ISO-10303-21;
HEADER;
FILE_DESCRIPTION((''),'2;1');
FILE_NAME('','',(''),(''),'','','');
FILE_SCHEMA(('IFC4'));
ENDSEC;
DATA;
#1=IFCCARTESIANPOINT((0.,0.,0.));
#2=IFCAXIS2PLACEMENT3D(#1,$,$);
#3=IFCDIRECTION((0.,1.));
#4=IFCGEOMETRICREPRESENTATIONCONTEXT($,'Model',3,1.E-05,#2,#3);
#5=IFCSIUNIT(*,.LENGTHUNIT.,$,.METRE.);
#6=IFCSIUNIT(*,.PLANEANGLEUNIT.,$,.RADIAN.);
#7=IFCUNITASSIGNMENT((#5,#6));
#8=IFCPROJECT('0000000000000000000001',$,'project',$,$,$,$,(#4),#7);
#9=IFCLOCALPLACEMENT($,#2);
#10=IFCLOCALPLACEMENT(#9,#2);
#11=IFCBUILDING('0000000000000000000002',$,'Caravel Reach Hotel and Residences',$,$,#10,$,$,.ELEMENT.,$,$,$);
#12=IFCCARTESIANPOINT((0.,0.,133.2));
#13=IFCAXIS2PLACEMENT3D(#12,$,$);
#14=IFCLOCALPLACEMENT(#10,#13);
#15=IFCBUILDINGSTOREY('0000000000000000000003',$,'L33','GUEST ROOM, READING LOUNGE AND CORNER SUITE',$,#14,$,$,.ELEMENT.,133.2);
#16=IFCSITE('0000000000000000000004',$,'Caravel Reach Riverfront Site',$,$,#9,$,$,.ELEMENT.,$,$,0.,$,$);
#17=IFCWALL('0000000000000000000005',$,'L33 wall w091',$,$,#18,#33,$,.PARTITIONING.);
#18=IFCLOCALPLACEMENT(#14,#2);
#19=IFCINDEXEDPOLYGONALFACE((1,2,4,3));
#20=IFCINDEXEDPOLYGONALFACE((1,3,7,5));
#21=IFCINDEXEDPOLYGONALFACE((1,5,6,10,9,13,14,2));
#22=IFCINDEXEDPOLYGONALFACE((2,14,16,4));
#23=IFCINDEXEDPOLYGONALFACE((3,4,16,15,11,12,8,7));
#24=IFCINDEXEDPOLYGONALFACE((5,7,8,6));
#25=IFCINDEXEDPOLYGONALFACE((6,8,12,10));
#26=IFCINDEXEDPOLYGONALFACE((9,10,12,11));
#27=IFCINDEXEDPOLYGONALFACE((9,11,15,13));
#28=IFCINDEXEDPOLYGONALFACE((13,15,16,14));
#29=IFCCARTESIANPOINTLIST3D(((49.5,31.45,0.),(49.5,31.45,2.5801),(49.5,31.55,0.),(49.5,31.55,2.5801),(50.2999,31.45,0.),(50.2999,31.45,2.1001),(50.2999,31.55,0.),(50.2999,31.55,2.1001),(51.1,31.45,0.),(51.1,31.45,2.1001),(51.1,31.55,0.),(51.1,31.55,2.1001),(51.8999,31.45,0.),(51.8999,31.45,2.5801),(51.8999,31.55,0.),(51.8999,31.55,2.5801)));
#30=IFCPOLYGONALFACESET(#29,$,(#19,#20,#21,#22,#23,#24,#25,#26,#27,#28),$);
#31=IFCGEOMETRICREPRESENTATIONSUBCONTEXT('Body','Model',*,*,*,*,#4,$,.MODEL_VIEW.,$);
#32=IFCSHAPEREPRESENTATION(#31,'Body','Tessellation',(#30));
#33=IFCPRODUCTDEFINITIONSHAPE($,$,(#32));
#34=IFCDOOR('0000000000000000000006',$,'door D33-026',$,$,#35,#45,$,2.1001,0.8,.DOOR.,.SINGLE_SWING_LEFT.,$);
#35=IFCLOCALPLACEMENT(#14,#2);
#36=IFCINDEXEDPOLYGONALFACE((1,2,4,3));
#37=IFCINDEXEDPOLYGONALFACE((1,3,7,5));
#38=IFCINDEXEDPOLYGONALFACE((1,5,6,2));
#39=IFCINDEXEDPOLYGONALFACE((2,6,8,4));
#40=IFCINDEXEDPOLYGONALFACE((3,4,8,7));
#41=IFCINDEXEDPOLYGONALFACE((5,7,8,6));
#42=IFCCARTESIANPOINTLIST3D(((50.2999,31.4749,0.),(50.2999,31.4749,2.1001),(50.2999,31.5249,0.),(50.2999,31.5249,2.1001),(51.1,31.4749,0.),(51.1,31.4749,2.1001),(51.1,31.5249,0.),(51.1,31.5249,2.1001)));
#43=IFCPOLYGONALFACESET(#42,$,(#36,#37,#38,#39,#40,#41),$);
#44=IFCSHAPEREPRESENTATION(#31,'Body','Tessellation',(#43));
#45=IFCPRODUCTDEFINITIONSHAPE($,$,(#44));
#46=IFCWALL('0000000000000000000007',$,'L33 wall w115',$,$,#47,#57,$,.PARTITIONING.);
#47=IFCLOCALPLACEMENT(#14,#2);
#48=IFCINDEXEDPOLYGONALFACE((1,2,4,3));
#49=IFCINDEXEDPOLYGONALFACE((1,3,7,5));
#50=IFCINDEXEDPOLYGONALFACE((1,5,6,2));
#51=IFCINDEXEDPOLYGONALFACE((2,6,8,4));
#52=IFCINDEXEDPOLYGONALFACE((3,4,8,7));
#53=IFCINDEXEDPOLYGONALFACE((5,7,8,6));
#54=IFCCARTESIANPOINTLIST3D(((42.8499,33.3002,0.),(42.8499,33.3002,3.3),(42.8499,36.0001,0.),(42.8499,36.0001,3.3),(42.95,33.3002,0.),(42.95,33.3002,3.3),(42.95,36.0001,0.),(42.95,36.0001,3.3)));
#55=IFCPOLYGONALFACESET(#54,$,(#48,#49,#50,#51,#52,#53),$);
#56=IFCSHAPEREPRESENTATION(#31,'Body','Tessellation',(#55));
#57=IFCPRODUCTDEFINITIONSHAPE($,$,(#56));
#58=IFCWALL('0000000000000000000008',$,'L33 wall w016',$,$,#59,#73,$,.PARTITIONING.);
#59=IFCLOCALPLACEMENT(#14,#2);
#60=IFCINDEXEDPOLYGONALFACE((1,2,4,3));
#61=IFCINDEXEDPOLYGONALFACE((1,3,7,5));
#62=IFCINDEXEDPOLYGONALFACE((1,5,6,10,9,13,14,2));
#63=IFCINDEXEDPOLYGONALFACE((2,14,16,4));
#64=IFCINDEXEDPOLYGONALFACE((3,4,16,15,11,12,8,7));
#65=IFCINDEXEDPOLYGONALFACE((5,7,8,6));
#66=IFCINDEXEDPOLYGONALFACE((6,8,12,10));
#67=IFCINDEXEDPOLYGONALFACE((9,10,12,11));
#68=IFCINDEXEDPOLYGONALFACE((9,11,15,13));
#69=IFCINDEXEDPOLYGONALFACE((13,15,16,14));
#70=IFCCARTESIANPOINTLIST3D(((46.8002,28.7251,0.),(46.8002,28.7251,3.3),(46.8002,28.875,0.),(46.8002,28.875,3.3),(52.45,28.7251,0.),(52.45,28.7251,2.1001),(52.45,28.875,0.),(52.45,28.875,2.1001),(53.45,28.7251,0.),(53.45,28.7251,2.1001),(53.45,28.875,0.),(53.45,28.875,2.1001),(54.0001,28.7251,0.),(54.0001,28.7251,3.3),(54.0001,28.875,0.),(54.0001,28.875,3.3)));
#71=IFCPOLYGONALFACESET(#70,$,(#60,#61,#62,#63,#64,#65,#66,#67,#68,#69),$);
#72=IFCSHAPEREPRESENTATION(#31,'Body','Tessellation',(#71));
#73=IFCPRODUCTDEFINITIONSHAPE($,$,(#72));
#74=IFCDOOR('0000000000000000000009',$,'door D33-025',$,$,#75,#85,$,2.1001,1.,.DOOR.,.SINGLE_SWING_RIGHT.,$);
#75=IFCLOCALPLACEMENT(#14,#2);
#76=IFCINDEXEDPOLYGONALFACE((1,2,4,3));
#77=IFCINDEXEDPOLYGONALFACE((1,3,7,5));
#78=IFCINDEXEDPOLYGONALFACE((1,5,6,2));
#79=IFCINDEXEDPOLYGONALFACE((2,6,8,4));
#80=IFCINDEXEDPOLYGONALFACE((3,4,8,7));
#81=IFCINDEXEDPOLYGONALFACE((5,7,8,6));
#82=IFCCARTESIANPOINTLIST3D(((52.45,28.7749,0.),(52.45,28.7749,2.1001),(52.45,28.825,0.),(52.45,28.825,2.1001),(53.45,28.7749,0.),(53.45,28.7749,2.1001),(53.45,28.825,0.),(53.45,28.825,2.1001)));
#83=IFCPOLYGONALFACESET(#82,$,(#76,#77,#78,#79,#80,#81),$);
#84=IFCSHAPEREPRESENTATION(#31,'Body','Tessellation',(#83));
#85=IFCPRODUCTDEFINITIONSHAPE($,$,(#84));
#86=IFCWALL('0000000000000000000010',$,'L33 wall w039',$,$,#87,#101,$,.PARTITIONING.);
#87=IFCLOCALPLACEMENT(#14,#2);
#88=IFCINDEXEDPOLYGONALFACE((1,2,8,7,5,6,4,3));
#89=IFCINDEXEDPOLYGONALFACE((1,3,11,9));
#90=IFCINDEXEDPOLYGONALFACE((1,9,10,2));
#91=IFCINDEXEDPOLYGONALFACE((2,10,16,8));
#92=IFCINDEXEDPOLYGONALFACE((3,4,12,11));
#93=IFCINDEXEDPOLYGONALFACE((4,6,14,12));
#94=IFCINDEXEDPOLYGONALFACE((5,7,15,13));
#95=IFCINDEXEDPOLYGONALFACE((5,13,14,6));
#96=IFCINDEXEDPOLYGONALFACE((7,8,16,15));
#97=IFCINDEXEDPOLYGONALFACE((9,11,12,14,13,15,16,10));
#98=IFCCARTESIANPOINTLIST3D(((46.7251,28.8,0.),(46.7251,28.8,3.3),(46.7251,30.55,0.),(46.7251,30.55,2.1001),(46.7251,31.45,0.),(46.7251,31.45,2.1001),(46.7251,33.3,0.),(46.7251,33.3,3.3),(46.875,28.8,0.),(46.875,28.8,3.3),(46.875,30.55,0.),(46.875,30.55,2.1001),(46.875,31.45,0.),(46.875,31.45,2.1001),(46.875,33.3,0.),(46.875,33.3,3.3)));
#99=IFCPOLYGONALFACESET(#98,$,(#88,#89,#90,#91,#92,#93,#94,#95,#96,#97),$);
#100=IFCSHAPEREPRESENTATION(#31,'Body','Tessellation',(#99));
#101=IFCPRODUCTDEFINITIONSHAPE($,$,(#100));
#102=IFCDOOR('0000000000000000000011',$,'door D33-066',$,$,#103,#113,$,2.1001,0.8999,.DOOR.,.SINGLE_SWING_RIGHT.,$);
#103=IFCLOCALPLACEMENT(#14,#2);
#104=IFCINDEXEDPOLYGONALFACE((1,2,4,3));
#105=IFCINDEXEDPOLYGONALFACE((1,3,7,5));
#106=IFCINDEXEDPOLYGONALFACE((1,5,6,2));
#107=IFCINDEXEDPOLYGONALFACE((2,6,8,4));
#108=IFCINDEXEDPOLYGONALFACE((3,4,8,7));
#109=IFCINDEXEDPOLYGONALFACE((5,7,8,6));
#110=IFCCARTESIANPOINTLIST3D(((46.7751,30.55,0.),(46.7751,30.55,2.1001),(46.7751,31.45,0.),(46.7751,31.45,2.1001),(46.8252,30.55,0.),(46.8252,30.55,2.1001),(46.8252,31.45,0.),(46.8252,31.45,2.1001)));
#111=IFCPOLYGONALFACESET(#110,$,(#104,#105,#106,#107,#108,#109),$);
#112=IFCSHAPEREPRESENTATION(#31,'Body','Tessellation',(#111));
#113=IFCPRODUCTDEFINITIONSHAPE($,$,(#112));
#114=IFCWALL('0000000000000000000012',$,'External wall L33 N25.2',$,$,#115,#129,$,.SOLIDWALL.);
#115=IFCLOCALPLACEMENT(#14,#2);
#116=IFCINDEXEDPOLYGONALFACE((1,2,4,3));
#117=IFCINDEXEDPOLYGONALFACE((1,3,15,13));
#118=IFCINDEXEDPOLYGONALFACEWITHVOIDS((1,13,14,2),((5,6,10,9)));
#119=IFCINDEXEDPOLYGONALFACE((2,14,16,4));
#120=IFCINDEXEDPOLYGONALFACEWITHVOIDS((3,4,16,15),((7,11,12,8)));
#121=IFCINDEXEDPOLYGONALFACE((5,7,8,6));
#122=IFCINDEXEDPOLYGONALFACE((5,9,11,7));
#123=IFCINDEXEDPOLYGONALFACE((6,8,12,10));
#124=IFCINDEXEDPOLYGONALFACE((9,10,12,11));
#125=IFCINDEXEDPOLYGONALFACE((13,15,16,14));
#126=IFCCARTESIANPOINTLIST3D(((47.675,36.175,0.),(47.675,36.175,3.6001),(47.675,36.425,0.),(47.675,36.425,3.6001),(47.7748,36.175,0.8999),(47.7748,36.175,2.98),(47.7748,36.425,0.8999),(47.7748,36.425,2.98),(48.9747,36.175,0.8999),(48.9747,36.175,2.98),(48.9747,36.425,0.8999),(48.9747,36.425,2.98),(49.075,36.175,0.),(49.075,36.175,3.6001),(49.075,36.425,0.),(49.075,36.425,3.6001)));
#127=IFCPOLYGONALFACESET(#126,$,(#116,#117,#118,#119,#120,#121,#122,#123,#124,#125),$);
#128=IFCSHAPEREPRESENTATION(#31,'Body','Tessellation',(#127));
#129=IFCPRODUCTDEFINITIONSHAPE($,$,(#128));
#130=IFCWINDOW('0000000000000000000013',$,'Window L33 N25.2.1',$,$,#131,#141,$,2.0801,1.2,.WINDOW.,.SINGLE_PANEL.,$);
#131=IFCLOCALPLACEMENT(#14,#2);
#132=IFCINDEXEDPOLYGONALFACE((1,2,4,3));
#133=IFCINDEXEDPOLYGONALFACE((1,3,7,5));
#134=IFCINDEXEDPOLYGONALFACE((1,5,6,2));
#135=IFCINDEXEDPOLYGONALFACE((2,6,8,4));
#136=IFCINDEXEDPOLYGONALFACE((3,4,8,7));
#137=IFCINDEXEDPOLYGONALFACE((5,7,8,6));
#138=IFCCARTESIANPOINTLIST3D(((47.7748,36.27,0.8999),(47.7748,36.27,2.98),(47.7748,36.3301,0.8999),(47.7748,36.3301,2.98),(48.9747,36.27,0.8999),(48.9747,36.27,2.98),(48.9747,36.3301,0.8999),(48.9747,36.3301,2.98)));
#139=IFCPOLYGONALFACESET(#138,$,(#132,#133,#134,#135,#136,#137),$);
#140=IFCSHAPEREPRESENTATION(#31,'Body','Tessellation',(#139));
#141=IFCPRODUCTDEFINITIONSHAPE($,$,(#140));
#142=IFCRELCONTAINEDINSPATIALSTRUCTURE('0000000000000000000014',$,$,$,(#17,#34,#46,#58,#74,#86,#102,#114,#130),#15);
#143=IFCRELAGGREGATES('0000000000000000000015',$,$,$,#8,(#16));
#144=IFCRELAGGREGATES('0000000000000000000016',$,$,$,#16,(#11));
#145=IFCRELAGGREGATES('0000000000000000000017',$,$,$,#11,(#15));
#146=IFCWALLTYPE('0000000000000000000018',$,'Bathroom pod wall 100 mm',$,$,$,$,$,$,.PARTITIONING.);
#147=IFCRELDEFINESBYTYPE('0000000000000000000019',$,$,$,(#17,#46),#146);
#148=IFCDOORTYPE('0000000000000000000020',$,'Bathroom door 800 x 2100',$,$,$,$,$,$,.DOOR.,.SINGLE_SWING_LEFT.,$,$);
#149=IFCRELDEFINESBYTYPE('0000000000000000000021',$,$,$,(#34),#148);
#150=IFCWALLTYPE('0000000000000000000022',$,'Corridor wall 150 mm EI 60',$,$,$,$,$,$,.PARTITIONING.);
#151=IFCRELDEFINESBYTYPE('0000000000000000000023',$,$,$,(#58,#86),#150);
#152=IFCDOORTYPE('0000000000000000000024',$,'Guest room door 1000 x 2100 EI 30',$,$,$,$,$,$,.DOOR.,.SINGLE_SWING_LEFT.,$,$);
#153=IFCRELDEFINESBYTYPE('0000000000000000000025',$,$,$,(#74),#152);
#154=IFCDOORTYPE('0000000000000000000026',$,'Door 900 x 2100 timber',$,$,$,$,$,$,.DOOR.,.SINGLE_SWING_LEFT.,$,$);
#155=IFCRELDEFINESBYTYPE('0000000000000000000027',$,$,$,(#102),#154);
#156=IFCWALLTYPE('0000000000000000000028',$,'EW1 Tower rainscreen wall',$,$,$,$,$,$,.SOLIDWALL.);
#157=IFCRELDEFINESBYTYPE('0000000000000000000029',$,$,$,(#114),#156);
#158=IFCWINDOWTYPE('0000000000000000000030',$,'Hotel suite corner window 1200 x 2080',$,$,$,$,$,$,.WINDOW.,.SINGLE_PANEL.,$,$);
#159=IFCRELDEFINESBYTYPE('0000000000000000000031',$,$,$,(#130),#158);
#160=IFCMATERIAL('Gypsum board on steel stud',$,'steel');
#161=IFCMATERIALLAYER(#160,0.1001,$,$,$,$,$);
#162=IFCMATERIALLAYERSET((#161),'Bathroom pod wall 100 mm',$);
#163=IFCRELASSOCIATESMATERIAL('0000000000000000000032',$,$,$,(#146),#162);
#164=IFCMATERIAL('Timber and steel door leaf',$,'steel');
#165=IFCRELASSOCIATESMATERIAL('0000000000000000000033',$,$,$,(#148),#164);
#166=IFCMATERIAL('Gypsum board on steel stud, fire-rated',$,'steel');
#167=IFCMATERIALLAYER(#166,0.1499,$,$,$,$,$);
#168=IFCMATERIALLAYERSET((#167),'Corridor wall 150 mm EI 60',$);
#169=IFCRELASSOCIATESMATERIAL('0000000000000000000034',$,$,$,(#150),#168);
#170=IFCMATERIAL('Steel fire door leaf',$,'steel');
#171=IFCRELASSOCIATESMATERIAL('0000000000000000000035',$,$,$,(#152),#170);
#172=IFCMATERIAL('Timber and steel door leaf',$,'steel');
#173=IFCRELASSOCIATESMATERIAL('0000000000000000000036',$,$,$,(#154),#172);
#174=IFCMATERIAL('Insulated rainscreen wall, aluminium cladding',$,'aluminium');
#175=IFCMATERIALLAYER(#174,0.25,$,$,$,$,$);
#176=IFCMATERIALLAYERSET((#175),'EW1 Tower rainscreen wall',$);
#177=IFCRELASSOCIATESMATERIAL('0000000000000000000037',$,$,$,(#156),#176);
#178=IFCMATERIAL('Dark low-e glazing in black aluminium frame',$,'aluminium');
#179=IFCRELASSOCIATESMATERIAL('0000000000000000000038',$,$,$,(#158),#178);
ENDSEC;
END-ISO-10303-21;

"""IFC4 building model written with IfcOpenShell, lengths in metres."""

from ifc_helpers import new_model, si_unit, direction, frame, frame_2d, origin, place, context, subcontext, project, spatial, rectangle, extrude, material, layer, layer_set, type_object, element, fill, save


model = new_model("IFC4")

# Units and contexts
model_context = context("Model", 3, precision=1e-05, world=origin(), true_north=direction((0.0, 1.0)))
body_context = subcontext(model_context, "Body", "Model", "MODEL_VIEW")
ifc_project = project(units=[si_unit("LENGTHUNIT", "METRE"), si_unit("PLANEANGLEUNIT", "RADIAN")], contexts=[model_context])

# Site, building, storey
site_placement = place(None, origin())
site = spatial("IfcSite", under=ifc_project, at=site_placement, Name="Caravel Reach Riverfront Site", CompositionType="ELEMENT", RefElevation=0.0)
building_placement = place(site_placement, origin())
building = spatial("IfcBuilding", under=site, at=building_placement, Name="Caravel Reach Hotel and Residences", CompositionType="ELEMENT")
storey_placement = place(building_placement, frame((0.0, 0.0, 133.2)))
storey = spatial("IfcBuildingStorey", under=building, at=storey_placement, Name="L33", Description="GUEST ROOM, READING LOUNGE AND CORNER SUITE", CompositionType="ELEMENT", Elevation=133.2)

# Wall, opening, door
ifc_material_1 = material(Name="Gypsum board on steel stud", Category="steel")
ifc_layer_1 = layer(ifc_material_1, 0.1001)
ifc_layer_set_1 = layer_set([ifc_layer_1], Name="Bathroom pod wall 100 mm")
wall_type_1 = type_object("IfcWallType", Name="Bathroom pod wall 100 mm", PredefinedType="PARTITIONING", material=ifc_layer_set_1)
wall_1_placement = place(storey_placement, frame((49.5, 31.5, 0.0), z_axis=(0.0, 0.0, 1.0), x_axis=(1.0, 0.0, 0.0)))
wall_1 = element("IfcWall", 1, at=wall_1_placement, inside=storey, type_object=wall_type_1, Name="L33 wall w091", PredefinedType="PARTITIONING", context=body_context, shape_type="SweptSolid", body=[
    extrude(rectangle(XDim=2.3999, YDim=0.1001, at=frame_2d((1.2, 0.0))), origin(), (0.0, 0.0, 1.0), 2.5801),
])
opening_1_placement = place(wall_1_placement, frame((0.8, 0.0, 0.0)))
opening_1 = element("IfcOpeningElement", 2, at=opening_1_placement, cuts=wall_1, PredefinedType="OPENING", context=body_context, shape_type="SweptSolid", body=[
    extrude(rectangle(XDim=0.8, YDim=2.1001, at=frame_2d((0.3999, 1.05))), frame((0.0, 0.0601, 0.0), z_axis=(0.0, -1.0, 0.0), x_axis=(1.0, 0.0, 0.0)), (0.0, 0.0, 1.0), 0.1201),
])
ifc_material_2 = material(Name="Timber and steel door leaf", Category="steel")
door_type_1 = type_object("IfcDoorType", Name="Bathroom door 800 x 2100", OperationType="SINGLE_SWING_LEFT", PredefinedType="DOOR", material=ifc_material_2)
door_1_placement = place(opening_1_placement, origin())
door_1 = element("IfcDoor", 3, at=door_1_placement, inside=storey, type_object=door_type_1, Name="door D33-026", OperationType="SINGLE_SWING_LEFT", OverallHeight=2.1001, OverallWidth=0.8, PredefinedType="DOOR", context=body_context, shape_type="SweptSolid", body=[
    extrude(rectangle(XDim=0.8, YDim=2.1001, at=frame_2d((0.3999, 1.05))), frame((0.0, 0.0249, 0.0), z_axis=(0.0, -1.0, 0.0), x_axis=(1.0, 0.0, 0.0)), (0.0, 0.0, 1.0), 0.05),
])
fill(opening_1, door_1)

# Wall
wall_2_placement = place(storey_placement, frame((42.8999, 33.3, 0.0), z_axis=(0.0, 0.0, 1.0), x_axis=(0.0, 1.0, 0.0)))
element("IfcWall", 4, at=wall_2_placement, inside=storey, type_object=wall_type_1, Name="L33 wall w115", PredefinedType="PARTITIONING", context=body_context, shape_type="SweptSolid", body=[
    extrude(rectangle(XDim=2.7, YDim=0.1001, at=frame_2d((1.3501, 0.0))), origin(), (0.0, 0.0, 1.0), 3.3),
])

# Walls, openings, doors
ifc_material_3 = material(Name="Gypsum board on steel stud, fire-rated", Category="steel")
ifc_layer_2 = layer(ifc_material_3, 0.1499)
ifc_layer_set_2 = layer_set([ifc_layer_2], Name="Corridor wall 150 mm EI 60")
wall_type_2 = type_object("IfcWallType", Name="Corridor wall 150 mm EI 60", PredefinedType="PARTITIONING", material=ifc_layer_set_2)
wall_3_placement = place(storey_placement, frame((46.8, 28.8, 0.0), z_axis=(0.0, 0.0, 1.0), x_axis=(1.0, 0.0, 0.0)))
wall_3 = element("IfcWall", 5, at=wall_3_placement, inside=storey, type_object=wall_type_2, Name="L33 wall w016", PredefinedType="PARTITIONING", context=body_context, shape_type="SweptSolid", body=[
    extrude(rectangle(XDim=7.2, YDim=0.1499, at=frame_2d((3.6001, 0.0))), origin(), (0.0, 0.0, 1.0), 3.3),
])
opening_2_placement = place(wall_3_placement, frame((5.6499, 0.0, 0.0)))
opening_2 = element("IfcOpeningElement", 6, at=opening_2_placement, cuts=wall_3, PredefinedType="OPENING", context=body_context, shape_type="SweptSolid", body=[
    extrude(rectangle(XDim=1.0, YDim=2.1001, at=frame_2d((0.5, 1.05))), frame((0.0, 0.085, 0.0), z_axis=(0.0, -1.0, 0.0), x_axis=(1.0, 0.0, 0.0)), (0.0, 0.0, 1.0), 0.1699),
])
ifc_material_4 = material(Name="Steel fire door leaf", Category="steel")
door_type_2 = type_object("IfcDoorType", Name="Guest room door 1000 x 2100 EI 30", OperationType="SINGLE_SWING_LEFT", PredefinedType="DOOR", material=ifc_material_4)
door_2_placement = place(opening_2_placement, origin())
door_2 = element("IfcDoor", 7, at=door_2_placement, inside=storey, type_object=door_type_2, Name="door D33-025", OperationType="SINGLE_SWING_RIGHT", OverallHeight=2.1001, OverallWidth=1.0, PredefinedType="DOOR", context=body_context, shape_type="SweptSolid", body=[
    extrude(rectangle(XDim=1.0, YDim=2.1001, at=frame_2d((0.5, 1.05))), frame((0.0, 0.0249, 0.0), z_axis=(0.0, -1.0, 0.0), x_axis=(1.0, 0.0, 0.0)), (0.0, 0.0, 1.0), 0.05),
])
fill(opening_2, door_2)
wall_4_placement = place(storey_placement, frame((46.8, 28.8, 0.0), z_axis=(0.0, 0.0, 1.0), x_axis=(0.0, 1.0, 0.0)))
wall_4 = element("IfcWall", 8, at=wall_4_placement, inside=storey, type_object=wall_type_2, Name="L33 wall w039", PredefinedType="PARTITIONING", context=body_context, shape_type="SweptSolid", body=[
    extrude(rectangle(XDim=4.5, YDim=0.1499, at=frame_2d((2.25, 0.0))), origin(), (0.0, 0.0, 1.0), 3.3),
])
opening_3_placement = place(wall_4_placement, frame((1.75, 0.0, 0.0)))
opening_3 = element("IfcOpeningElement", 9, at=opening_3_placement, cuts=wall_4, PredefinedType="OPENING", context=body_context, shape_type="SweptSolid", body=[
    extrude(rectangle(XDim=0.8999, YDim=2.1001, at=frame_2d((0.45, 1.05))), frame((0.0, 0.085, 0.0), z_axis=(0.0, -1.0, 0.0), x_axis=(1.0, 0.0, 0.0)), (0.0, 0.0, 1.0), 0.1699),
])
ifc_material_5 = material(Name="Timber and steel door leaf", Category="steel")
door_type_3 = type_object("IfcDoorType", Name="Door 900 x 2100 timber", OperationType="SINGLE_SWING_LEFT", PredefinedType="DOOR", material=ifc_material_5)
door_3_placement = place(opening_3_placement, origin())
door_3 = element("IfcDoor", 10, at=door_3_placement, inside=storey, type_object=door_type_3, Name="door D33-066", OperationType="SINGLE_SWING_RIGHT", OverallHeight=2.1001, OverallWidth=0.8999, PredefinedType="DOOR", context=body_context, shape_type="SweptSolid", body=[
    extrude(rectangle(XDim=0.8999, YDim=2.1001, at=frame_2d((0.45, 1.05))), frame((0.0, 0.0249, 0.0), z_axis=(0.0, -1.0, 0.0), x_axis=(1.0, 0.0, 0.0)), (0.0, 0.0, 1.0), 0.05),
])
fill(opening_3, door_3)

# Wall, opening, window
ifc_material_6 = material(Name="Insulated rainscreen wall, aluminium cladding", Category="aluminium")
ifc_layer_3 = layer(ifc_material_6, 0.25)
ifc_layer_set_3 = layer_set([ifc_layer_3], Name="EW1 Tower rainscreen wall")
wall_type_3 = type_object("IfcWallType", Name="EW1 Tower rainscreen wall", PredefinedType="SOLIDWALL", material=ifc_layer_set_3)
wall_5_placement = place(storey_placement, frame((49.075, 36.3, 0.0), z_axis=(0.0, 0.0, 1.0), x_axis=(-1.0, 0.0, 0.0)))
wall_5 = element("IfcWall", 11, at=wall_5_placement, inside=storey, type_object=wall_type_3, Name="External wall L33 N25.2", PredefinedType="SOLIDWALL", context=body_context, shape_type="SweptSolid", body=[
    extrude(rectangle(XDim=1.3999, YDim=0.25, at=frame_2d((0.7, 0.0))), origin(), (0.0, 0.0, 1.0), 3.6001),
])
opening_4_placement = place(wall_5_placement, frame((0.1001, 0.0, 0.8999)))
opening_4 = element("IfcOpeningElement", 12, at=opening_4_placement, cuts=wall_5, PredefinedType="OPENING", context=body_context, shape_type="SweptSolid", body=[
    extrude(rectangle(XDim=1.2, YDim=2.0801, at=frame_2d((0.6001, 1.04))), frame((0.0, 0.135, 0.0), z_axis=(0.0, -1.0, 0.0), x_axis=(1.0, 0.0, 0.0)), (0.0, 0.0, 1.0), 0.27),
])
ifc_material_7 = material(Name="Dark low-e glazing in black aluminium frame", Category="aluminium")
window_type_1 = type_object("IfcWindowType", Name="Hotel suite corner window 1200 x 2080", PartitioningType="SINGLE_PANEL", PredefinedType="WINDOW", material=ifc_material_7)
window_1_placement = place(opening_4_placement, origin())
window_1 = element("IfcWindow", 13, at=window_1_placement, inside=storey, type_object=window_type_1, Name="Window L33 N25.2.1", OverallHeight=2.0801, OverallWidth=1.2, PartitioningType="SINGLE_PANEL", PredefinedType="WINDOW", context=body_context, shape_type="SweptSolid", body=[
    extrude(rectangle(XDim=1.2, YDim=2.0801, at=frame_2d((0.6001, 1.04))), frame((0.0, 0.03, 0.0), z_axis=(0.0, -1.0, 0.0), x_axis=(1.0, 0.0, 0.0)), (0.0, 0.0, 1.0), 0.0601),
])
fill(opening_4, window_1)

save(model, "model.ifc")
